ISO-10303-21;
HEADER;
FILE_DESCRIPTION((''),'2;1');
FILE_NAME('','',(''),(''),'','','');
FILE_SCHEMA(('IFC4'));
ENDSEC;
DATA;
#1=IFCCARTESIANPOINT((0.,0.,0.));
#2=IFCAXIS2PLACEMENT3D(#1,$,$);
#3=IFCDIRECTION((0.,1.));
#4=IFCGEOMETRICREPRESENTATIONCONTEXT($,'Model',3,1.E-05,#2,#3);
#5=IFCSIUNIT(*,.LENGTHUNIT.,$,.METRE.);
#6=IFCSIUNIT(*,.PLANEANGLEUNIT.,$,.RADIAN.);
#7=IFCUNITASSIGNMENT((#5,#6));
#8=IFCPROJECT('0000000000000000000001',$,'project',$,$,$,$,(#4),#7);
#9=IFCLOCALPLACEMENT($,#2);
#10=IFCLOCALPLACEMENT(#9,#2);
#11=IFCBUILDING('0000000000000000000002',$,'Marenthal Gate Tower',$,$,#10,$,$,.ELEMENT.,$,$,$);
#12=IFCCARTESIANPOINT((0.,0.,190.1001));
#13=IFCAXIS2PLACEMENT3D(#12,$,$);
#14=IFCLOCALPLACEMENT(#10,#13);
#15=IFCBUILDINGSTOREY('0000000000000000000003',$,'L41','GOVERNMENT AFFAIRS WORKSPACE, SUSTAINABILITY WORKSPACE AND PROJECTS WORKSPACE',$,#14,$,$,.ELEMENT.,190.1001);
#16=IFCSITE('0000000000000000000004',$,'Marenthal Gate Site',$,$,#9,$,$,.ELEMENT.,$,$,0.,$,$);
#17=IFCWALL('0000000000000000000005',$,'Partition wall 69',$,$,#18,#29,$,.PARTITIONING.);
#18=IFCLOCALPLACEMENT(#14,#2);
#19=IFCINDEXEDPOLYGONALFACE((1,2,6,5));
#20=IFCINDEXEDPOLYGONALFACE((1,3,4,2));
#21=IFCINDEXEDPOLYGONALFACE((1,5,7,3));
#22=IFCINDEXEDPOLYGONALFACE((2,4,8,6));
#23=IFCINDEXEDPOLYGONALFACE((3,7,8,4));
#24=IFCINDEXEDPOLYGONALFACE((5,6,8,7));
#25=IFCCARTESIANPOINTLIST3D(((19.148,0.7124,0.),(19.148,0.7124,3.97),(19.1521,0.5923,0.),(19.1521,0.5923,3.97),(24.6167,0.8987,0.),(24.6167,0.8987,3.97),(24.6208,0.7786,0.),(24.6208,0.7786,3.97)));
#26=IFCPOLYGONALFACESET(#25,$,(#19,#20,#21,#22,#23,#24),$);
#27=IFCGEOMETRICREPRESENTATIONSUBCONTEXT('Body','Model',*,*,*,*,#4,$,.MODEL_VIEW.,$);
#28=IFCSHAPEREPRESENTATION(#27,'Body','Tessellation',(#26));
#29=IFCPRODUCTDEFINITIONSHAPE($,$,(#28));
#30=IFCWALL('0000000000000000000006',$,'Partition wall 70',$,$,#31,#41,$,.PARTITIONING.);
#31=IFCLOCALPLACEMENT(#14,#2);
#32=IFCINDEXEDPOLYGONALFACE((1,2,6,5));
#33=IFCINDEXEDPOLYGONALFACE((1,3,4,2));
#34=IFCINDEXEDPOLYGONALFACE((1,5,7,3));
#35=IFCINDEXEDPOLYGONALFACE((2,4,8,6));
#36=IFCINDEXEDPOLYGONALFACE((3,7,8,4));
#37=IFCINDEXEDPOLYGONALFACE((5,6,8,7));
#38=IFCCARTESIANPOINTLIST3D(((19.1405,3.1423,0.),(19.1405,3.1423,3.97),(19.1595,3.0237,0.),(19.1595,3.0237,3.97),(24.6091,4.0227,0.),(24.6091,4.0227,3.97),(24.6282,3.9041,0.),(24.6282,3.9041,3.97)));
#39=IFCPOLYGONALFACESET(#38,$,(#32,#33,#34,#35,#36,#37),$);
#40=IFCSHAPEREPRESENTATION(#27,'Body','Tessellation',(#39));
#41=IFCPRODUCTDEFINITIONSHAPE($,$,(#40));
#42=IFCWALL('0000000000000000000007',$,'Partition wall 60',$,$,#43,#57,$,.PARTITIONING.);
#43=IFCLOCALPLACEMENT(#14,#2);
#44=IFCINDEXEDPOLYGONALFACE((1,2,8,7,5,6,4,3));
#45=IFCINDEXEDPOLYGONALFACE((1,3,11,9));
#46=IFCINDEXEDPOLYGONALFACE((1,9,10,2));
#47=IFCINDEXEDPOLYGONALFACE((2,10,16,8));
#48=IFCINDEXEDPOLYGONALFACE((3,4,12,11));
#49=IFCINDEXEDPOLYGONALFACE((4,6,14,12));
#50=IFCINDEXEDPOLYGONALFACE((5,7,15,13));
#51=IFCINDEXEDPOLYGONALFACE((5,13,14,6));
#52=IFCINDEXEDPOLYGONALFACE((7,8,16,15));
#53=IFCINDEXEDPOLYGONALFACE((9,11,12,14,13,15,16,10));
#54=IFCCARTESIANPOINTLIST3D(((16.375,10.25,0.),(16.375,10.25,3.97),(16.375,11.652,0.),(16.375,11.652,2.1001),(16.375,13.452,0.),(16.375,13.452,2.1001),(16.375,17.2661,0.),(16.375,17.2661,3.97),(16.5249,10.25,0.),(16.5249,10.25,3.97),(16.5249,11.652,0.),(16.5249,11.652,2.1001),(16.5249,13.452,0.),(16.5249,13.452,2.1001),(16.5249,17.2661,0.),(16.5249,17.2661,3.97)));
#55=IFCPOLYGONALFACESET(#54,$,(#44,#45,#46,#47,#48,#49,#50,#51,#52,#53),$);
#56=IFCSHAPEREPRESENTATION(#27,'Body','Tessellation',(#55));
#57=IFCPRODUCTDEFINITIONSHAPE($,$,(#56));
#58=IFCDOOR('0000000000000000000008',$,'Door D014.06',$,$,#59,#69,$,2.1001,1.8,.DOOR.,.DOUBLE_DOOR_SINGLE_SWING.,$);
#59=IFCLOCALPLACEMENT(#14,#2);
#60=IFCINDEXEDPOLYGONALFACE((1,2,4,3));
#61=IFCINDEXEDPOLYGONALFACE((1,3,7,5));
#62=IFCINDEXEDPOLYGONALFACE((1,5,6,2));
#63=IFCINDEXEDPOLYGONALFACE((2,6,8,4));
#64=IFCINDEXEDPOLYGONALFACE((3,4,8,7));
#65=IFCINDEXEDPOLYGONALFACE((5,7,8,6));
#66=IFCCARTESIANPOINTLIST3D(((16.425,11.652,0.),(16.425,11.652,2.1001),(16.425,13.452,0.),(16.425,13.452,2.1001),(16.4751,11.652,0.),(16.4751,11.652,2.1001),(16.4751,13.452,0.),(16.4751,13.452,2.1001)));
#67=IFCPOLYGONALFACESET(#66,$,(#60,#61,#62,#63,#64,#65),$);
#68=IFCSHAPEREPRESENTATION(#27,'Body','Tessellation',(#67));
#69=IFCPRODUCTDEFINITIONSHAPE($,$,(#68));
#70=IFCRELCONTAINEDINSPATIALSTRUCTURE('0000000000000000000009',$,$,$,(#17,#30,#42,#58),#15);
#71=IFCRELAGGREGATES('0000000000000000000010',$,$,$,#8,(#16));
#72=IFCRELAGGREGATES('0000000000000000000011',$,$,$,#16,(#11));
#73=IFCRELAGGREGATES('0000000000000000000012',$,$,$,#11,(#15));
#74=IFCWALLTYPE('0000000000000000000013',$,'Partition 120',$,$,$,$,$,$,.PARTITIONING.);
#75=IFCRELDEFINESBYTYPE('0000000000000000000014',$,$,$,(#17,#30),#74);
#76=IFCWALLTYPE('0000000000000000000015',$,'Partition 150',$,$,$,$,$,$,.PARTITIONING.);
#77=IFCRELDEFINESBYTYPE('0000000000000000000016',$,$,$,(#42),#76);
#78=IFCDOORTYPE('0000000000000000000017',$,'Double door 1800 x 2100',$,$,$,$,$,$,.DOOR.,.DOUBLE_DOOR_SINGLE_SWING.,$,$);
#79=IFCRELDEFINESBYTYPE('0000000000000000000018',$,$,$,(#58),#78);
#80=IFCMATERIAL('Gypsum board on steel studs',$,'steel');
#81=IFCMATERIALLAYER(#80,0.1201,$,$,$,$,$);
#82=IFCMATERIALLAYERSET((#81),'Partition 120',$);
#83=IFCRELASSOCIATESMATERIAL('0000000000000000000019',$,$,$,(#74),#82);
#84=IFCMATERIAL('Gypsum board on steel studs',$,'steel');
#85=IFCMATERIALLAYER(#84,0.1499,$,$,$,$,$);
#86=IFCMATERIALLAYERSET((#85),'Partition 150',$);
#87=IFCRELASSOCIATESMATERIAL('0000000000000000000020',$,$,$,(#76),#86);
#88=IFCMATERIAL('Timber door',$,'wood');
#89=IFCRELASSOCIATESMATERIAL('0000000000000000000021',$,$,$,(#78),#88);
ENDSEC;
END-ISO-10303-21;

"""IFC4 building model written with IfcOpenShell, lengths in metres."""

from ifc_helpers import new_model, si_unit, direction, frame, frame_2d, origin, place, context, subcontext, project, spatial, rectangle, extrude, material, layer, layer_set, type_object, element, fill, save


model = new_model("IFC4")

# Units and contexts
model_context = context("Model", 3, precision=1e-05, world=origin(), true_north=direction((0.0, 1.0)))
body_context = subcontext(model_context, "Body", "Model", "MODEL_VIEW")
ifc_project = project(units=[si_unit("LENGTHUNIT", "METRE"), si_unit("PLANEANGLEUNIT", "RADIAN")], contexts=[model_context])

# Site, building, storey
site_placement = place(None, origin())
site = spatial("IfcSite", under=ifc_project, at=site_placement, Name="Marenthal Gate Site", CompositionType="ELEMENT", RefElevation=0.0)
building_placement = place(site_placement, origin())
building = spatial("IfcBuilding", under=site, at=building_placement, Name="Marenthal Gate Tower", CompositionType="ELEMENT")
storey_placement = place(building_placement, frame((0.0, 0.0, 190.1001)))
storey = spatial("IfcBuildingStorey", under=building, at=storey_placement, Name="L41", Description="GOVERNMENT AFFAIRS WORKSPACE, SUSTAINABILITY WORKSPACE AND PROJECTS WORKSPACE", CompositionType="ELEMENT", Elevation=190.1001)

# Walls
ifc_material_1 = material(Name="Gypsum board on steel studs", Category="steel")
ifc_layer_1 = layer(ifc_material_1, 0.1201)
ifc_layer_set_1 = layer_set([ifc_layer_1], Name="Partition 120")
wall_type_1 = type_object("IfcWallType", Name="Partition 120", PredefinedType="PARTITIONING", material=ifc_layer_set_1)
wall_1_placement = place(storey_placement, frame((24.6187, 0.8386, 0.0), z_axis=(0.0, 0.0, 1.0), x_axis=(-0.99942, -0.034043, 0.0)))
element("IfcWall", 1, at=wall_1_placement, inside=storey, type_object=wall_type_1, Name="Partition wall 69", PredefinedType="PARTITIONING", context=body_context, shape_type="SweptSolid", body=[
    extrude(rectangle(XDim=5.4719, YDim=0.1201, at=frame_2d((2.7358, 0.0))), origin(), (0.0, 0.0, 1.0), 3.97),
])
wall_2_placement = place(storey_placement, frame((24.6187, 3.9634, 0.0), z_axis=(0.0, 0.0, 1.0), x_axis=(-0.987289, -0.158936, 0.0)))
element("IfcWall", 2, at=wall_2_placement, inside=storey, type_object=wall_type_1, Name="Partition wall 70", PredefinedType="PARTITIONING", context=body_context, shape_type="SweptSolid", body=[
    extrude(rectangle(XDim=5.5391, YDim=0.1201, at=frame_2d((2.7695, 0.0))), origin(), (0.0, 0.0, 1.0), 3.97),
])

# Wall, opening, door
ifc_material_2 = material(Name="Gypsum board on steel studs", Category="steel")
ifc_layer_2 = layer(ifc_material_2, 0.1499)
ifc_layer_set_2 = layer_set([ifc_layer_2], Name="Partition 150")
wall_type_2 = type_object("IfcWallType", Name="Partition 150", PredefinedType="PARTITIONING", material=ifc_layer_set_2)
wall_3_placement = place(storey_placement, frame((16.45, 10.25, 0.0), z_axis=(0.0, 0.0, 1.0), x_axis=(0.0, 1.0, 0.0)))
wall_3 = element("IfcWall", 3, at=wall_3_placement, inside=storey, type_object=wall_type_2, Name="Partition wall 60", PredefinedType="PARTITIONING", context=body_context, shape_type="SweptSolid", body=[
    extrude(rectangle(XDim=7.0161, YDim=0.1499, at=frame_2d((3.5081, 0.0))), origin(), (0.0, 0.0, 1.0), 3.97),
])
opening_placement = place(wall_3_placement, frame((1.4021, 0.0, 0.0)))
opening = element("IfcOpeningElement", 4, at=opening_placement, cuts=wall_3, PredefinedType="OPENING", context=body_context, shape_type="SweptSolid", body=[
    extrude(rectangle(XDim=1.8, YDim=2.1001, at=frame_2d((0.8999, 1.05))), frame((0.0, 0.085, 0.0), z_axis=(0.0, -1.0, 0.0), x_axis=(1.0, 0.0, 0.0)), (0.0, 0.0, 1.0), 0.1699),
])
ifc_material_3 = material(Name="Timber door", Category="wood")
door_type = type_object("IfcDoorType", Name="Double door 1800 x 2100", OperationType="DOUBLE_DOOR_SINGLE_SWING", PredefinedType="DOOR", material=ifc_material_3)
door_placement = place(opening_placement, origin())
door = element("IfcDoor", 5, at=door_placement, inside=storey, type_object=door_type, Name="Door D014.06", OperationType="DOUBLE_DOOR_SINGLE_SWING", OverallHeight=2.1001, OverallWidth=1.8, PredefinedType="DOOR", context=body_context, shape_type="SweptSolid", body=[
    extrude(rectangle(XDim=1.8, YDim=2.1001, at=frame_2d((0.8999, 1.05))), frame((0.0, 0.0249, 0.0), z_axis=(0.0, -1.0, 0.0), x_axis=(1.0, 0.0, 0.0)), (0.0, 0.0, 1.0), 0.05),
])
fill(opening, door)

save(model, "model.ifc")
